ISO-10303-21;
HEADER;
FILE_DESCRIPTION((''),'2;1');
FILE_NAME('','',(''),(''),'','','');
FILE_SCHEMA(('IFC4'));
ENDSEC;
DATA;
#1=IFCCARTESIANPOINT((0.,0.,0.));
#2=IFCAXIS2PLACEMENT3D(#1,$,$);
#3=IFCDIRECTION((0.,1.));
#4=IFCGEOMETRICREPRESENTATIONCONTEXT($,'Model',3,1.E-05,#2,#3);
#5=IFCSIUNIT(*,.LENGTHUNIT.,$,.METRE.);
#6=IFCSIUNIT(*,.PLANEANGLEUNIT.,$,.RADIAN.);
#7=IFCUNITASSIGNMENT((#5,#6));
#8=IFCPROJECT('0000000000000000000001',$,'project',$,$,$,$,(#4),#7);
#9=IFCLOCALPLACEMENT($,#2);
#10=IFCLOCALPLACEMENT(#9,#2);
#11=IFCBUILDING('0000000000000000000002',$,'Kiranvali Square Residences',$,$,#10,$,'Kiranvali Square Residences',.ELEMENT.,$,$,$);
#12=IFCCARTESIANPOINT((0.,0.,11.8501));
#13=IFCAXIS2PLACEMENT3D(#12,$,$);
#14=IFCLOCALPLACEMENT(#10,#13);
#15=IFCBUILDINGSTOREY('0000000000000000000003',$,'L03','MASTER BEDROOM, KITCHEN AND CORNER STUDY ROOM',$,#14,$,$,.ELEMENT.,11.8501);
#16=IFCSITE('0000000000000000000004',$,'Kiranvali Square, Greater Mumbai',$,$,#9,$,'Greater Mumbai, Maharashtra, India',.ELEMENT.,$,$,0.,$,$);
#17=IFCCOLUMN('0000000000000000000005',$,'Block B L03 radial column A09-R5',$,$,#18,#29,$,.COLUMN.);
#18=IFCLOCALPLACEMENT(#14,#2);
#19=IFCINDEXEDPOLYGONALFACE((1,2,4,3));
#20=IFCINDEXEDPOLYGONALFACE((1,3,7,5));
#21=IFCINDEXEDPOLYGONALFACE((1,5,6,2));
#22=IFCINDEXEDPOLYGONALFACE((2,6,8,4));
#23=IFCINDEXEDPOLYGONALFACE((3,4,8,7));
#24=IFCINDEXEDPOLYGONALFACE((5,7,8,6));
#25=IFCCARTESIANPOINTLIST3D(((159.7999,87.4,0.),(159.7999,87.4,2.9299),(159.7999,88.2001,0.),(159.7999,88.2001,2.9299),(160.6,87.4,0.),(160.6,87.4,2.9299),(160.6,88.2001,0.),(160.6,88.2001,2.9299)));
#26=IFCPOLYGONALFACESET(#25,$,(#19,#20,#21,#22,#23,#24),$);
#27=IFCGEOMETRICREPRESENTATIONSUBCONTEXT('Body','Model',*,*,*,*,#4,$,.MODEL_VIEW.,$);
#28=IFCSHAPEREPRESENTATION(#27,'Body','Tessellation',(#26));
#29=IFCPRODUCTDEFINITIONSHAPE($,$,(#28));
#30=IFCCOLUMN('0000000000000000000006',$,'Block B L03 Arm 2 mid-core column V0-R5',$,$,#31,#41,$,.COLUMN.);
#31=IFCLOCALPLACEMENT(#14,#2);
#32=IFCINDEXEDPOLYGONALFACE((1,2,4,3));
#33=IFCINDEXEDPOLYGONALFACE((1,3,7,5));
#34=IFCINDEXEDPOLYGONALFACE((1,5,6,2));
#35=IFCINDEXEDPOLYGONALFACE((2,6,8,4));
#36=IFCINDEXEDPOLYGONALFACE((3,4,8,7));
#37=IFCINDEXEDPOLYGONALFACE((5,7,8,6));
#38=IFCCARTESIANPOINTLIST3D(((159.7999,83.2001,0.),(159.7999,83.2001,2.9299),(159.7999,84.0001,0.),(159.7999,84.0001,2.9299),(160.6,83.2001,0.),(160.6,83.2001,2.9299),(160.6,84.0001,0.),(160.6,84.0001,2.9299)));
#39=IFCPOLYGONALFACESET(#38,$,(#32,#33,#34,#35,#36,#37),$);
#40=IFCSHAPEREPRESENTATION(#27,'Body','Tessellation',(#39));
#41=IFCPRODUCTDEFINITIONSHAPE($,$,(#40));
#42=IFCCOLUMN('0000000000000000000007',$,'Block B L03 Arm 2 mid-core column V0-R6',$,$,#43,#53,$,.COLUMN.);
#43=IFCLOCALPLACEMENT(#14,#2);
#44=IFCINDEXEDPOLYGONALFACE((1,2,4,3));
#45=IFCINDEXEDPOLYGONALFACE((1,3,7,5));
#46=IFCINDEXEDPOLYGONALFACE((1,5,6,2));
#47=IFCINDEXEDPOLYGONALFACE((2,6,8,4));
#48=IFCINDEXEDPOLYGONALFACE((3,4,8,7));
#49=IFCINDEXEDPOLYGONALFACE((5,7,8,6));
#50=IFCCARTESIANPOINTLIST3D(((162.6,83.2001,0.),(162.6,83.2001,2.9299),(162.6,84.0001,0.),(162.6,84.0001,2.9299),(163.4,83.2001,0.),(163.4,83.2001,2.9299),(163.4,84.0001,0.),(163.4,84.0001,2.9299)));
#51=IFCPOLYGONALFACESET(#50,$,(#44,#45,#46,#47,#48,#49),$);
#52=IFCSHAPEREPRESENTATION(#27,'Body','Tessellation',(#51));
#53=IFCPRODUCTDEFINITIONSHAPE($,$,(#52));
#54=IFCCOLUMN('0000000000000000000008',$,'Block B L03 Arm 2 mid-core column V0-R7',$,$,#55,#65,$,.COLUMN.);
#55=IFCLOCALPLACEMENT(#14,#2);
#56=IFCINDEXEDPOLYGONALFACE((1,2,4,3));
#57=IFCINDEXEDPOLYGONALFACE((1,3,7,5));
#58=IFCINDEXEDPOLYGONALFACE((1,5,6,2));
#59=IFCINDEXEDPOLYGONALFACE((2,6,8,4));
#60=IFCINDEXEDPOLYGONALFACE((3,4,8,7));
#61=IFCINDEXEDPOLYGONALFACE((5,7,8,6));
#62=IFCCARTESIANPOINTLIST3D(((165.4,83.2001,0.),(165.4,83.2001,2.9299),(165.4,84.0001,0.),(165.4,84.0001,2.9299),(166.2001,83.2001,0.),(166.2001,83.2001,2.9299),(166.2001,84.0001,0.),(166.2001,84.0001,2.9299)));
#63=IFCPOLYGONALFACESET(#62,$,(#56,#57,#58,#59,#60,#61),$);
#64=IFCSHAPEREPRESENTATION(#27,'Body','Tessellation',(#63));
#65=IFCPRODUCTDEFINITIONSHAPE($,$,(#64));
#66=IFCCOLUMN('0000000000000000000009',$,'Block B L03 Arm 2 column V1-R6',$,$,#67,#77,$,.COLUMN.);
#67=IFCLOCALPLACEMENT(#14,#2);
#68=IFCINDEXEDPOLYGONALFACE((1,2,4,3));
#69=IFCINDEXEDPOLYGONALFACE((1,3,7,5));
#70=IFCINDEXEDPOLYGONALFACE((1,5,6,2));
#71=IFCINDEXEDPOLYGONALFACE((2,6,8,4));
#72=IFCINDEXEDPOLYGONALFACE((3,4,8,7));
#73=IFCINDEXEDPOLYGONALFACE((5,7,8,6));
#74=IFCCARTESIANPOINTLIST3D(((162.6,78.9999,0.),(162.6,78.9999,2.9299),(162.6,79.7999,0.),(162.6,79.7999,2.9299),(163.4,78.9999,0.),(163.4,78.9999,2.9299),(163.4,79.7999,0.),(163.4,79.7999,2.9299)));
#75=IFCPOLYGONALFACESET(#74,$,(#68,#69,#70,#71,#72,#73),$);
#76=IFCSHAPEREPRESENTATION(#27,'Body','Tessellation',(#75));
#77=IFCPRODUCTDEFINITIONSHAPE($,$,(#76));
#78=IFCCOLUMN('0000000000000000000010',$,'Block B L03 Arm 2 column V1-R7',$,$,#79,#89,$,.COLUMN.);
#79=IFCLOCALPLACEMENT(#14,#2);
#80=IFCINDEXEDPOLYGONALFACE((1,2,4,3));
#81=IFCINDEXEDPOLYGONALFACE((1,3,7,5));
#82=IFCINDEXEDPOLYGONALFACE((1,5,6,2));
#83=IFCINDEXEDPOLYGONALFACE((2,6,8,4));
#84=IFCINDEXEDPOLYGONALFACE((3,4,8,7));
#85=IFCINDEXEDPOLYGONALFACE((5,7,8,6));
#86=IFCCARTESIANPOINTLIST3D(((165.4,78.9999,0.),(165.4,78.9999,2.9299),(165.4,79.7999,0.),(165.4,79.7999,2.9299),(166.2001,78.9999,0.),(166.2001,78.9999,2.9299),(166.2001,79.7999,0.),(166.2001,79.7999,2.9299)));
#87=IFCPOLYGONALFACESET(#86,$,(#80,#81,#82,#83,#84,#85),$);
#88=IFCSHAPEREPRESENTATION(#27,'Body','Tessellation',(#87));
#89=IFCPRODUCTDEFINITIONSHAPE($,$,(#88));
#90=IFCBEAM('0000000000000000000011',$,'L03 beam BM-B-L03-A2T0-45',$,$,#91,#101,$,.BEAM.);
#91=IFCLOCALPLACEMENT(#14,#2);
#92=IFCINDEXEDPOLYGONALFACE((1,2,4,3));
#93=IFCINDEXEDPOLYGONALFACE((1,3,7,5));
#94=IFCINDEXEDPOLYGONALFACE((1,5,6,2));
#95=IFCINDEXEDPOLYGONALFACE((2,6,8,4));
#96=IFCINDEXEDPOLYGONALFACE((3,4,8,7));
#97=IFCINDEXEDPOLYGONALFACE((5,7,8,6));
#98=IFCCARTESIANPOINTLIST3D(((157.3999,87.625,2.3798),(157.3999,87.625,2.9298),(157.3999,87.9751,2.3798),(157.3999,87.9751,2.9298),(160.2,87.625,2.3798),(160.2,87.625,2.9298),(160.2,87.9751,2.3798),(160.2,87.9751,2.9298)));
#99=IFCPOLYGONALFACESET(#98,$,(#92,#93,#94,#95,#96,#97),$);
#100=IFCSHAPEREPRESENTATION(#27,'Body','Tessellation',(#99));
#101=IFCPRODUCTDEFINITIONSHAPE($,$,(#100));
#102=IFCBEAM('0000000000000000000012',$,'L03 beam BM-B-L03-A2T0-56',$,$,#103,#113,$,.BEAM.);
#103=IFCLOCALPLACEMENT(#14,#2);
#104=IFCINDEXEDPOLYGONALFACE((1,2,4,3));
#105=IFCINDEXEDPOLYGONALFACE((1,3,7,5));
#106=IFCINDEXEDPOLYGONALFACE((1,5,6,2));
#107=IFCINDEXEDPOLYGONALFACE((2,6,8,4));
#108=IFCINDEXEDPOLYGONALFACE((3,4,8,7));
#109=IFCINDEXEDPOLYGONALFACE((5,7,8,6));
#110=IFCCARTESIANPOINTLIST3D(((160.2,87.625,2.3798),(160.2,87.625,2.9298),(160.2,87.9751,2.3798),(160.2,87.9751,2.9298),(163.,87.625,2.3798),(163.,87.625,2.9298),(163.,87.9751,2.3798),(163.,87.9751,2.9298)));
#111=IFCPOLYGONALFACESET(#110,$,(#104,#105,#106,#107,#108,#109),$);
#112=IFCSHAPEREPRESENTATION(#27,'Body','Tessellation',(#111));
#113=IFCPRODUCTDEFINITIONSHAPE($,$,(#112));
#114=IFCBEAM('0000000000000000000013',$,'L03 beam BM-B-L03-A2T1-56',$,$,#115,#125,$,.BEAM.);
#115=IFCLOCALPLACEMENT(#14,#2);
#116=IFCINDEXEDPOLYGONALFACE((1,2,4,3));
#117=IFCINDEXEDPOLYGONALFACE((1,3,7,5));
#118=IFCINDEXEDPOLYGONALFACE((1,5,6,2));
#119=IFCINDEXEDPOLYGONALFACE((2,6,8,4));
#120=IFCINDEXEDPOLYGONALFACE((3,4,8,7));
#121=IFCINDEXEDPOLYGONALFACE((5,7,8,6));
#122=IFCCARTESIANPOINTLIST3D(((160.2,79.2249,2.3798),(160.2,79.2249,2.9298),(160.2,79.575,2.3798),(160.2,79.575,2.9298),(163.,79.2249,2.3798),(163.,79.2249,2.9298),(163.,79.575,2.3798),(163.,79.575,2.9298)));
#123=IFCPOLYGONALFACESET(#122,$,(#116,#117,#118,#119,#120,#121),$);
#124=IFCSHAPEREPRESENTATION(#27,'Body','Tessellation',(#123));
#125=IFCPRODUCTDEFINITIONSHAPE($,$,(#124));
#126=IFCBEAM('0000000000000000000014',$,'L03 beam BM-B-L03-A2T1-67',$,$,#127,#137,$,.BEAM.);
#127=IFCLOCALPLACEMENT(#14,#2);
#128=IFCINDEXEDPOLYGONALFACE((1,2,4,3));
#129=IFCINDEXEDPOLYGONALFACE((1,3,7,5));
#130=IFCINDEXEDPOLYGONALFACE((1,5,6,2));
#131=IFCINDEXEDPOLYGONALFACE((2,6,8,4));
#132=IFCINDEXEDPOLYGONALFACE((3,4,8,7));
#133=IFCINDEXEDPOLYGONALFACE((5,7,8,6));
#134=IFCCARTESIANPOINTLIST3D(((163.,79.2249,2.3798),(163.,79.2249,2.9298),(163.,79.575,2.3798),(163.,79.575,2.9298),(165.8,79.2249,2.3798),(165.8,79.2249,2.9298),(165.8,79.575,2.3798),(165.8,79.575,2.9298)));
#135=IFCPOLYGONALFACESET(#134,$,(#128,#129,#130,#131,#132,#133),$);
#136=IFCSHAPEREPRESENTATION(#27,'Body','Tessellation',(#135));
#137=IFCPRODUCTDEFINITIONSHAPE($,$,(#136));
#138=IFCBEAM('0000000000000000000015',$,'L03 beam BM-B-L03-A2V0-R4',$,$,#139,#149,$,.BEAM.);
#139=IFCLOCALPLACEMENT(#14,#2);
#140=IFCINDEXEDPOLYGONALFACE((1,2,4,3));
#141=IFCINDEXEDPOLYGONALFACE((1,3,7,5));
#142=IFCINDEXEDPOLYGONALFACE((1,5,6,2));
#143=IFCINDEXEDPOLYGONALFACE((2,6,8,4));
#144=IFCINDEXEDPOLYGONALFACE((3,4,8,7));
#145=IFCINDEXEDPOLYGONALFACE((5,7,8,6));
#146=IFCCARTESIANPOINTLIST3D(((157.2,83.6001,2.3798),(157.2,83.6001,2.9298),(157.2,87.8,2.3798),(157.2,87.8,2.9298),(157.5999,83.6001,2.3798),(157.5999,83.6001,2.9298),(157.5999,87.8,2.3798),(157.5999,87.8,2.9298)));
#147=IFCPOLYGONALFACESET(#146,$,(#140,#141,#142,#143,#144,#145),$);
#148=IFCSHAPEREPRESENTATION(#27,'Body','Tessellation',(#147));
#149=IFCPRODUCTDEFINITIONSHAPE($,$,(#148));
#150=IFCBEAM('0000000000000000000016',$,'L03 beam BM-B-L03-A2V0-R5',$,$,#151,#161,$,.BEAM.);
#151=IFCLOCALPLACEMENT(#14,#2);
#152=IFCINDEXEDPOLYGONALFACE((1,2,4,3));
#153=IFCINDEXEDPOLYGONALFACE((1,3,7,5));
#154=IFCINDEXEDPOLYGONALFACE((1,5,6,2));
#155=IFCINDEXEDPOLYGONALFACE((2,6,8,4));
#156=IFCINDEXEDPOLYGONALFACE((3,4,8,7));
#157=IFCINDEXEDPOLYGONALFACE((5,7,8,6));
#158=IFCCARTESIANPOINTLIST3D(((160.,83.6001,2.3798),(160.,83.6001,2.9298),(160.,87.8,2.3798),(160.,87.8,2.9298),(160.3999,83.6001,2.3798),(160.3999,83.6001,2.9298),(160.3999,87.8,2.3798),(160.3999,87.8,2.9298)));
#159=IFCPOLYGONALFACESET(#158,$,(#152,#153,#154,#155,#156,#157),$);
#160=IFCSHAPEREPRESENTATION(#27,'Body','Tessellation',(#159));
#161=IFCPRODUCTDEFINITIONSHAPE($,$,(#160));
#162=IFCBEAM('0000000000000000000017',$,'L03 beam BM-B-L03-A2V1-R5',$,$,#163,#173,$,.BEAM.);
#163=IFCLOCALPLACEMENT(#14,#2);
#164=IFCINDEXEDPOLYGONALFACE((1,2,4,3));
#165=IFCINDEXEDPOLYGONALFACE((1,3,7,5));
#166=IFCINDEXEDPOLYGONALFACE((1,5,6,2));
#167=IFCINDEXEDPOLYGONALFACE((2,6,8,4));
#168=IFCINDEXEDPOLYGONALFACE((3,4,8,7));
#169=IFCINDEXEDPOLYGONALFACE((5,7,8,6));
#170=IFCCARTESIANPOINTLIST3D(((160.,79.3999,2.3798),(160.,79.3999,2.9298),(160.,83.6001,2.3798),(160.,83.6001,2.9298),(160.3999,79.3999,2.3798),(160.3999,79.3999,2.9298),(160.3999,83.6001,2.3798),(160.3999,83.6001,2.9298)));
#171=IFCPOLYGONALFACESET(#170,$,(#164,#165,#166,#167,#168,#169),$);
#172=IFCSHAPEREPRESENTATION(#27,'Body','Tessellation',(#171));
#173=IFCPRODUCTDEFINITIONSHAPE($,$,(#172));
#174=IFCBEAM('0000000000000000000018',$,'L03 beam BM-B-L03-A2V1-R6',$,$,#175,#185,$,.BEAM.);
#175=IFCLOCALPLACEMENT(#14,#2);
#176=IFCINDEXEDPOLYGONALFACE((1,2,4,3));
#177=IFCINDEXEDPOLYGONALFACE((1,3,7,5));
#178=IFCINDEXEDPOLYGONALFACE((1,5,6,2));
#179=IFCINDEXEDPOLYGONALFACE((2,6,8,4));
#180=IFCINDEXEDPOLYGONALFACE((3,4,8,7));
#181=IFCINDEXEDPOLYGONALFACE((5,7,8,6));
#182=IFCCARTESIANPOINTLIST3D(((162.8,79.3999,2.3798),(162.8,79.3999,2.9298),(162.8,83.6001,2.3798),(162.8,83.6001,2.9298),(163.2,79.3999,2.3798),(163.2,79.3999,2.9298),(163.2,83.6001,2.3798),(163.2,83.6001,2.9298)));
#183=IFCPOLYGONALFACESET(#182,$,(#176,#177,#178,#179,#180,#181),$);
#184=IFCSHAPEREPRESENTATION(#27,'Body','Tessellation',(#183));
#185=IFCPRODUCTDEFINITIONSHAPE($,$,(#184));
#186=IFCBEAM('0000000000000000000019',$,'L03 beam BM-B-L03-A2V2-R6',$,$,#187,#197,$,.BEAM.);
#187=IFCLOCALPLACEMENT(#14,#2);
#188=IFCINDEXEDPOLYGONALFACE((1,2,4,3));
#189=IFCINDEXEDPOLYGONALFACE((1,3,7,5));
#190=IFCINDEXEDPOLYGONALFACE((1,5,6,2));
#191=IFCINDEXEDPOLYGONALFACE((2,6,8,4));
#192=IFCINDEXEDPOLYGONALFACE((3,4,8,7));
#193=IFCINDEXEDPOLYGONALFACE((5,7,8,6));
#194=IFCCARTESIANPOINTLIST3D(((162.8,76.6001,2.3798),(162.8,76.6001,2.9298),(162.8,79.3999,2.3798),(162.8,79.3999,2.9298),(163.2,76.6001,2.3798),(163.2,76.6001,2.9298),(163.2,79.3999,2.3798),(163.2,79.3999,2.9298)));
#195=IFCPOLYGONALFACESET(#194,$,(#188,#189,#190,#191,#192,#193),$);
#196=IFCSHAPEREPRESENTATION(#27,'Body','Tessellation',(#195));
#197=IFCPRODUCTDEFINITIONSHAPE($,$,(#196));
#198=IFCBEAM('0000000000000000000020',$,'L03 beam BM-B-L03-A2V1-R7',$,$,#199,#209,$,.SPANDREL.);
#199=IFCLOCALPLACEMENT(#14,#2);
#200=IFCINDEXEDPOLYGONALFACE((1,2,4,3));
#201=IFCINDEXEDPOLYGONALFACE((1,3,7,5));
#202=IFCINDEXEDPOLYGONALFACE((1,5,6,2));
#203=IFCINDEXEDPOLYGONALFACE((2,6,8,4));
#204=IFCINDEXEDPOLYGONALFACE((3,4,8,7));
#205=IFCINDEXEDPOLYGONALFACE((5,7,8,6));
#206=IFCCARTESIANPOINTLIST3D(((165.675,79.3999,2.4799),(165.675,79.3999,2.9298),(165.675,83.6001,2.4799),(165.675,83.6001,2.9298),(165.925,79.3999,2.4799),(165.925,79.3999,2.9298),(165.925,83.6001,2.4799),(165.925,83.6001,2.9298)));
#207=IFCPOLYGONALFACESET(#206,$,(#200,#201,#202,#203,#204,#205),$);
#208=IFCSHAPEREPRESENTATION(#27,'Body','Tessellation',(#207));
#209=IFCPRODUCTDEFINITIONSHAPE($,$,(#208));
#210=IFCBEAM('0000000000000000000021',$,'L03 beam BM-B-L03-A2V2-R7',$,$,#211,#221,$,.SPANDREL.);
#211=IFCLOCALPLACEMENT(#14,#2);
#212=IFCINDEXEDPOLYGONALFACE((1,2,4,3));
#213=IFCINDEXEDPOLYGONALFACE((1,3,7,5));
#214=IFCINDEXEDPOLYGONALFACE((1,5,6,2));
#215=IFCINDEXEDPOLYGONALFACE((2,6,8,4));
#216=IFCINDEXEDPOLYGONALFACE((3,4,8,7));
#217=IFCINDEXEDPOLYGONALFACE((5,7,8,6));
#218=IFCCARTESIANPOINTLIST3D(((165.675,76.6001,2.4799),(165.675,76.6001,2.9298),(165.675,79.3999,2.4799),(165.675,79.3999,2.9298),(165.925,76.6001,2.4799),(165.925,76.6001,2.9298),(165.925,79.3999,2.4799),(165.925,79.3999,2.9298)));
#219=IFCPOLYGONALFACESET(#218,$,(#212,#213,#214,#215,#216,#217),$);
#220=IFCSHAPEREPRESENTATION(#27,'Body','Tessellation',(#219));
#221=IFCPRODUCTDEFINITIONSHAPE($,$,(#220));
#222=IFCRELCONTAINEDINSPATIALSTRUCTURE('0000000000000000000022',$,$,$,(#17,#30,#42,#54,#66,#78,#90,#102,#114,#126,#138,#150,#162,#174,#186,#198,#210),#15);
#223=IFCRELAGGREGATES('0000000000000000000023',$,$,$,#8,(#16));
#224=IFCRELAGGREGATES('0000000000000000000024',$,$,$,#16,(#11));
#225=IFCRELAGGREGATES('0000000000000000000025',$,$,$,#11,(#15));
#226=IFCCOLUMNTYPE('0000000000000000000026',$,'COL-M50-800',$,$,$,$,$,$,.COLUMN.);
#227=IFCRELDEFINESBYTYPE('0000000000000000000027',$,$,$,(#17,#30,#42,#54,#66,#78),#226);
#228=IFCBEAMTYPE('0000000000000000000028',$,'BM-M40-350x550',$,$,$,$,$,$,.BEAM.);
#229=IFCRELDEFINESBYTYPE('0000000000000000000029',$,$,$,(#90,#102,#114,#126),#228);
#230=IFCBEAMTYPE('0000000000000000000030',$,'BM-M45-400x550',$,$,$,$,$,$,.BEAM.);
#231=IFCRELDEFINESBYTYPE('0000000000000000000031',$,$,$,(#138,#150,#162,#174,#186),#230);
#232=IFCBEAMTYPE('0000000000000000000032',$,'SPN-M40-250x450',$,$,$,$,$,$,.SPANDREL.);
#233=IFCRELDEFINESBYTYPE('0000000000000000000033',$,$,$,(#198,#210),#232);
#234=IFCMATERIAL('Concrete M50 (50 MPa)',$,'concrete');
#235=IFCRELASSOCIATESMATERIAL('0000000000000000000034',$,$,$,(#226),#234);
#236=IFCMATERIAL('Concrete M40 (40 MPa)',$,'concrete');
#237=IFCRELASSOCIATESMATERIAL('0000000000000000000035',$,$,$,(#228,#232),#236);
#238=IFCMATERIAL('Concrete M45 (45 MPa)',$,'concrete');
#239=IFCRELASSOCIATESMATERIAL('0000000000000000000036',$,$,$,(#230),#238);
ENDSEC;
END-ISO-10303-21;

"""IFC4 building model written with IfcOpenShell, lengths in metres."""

from ifc_helpers import new_model, si_unit, direction, frame, origin, origin_2d, place, context, subcontext, project, spatial, rectangle, extrude, material, material_profile, profile_set, type_object, element, save


model = new_model("IFC4")

# Units and contexts
model_context = context("Model", 3, precision=1e-05, world=origin(), true_north=direction((0.0, 1.0)))
body_context = subcontext(model_context, "Body", "Model", "MODEL_VIEW")
ifc_project = project(units=[si_unit("LENGTHUNIT", "METRE"), si_unit("PLANEANGLEUNIT", "RADIAN")], contexts=[model_context])

# Site, building, storey
site_placement = place(None, origin())
site = spatial("IfcSite", under=ifc_project, at=site_placement, Name="Kiranvali Square, Greater Mumbai", LongName="Greater Mumbai, Maharashtra, India", CompositionType="ELEMENT", RefElevation=0.0)
building_placement = place(site_placement, origin())
building = spatial("IfcBuilding", under=site, at=building_placement, Name="Kiranvali Square Residences", LongName="Kiranvali Square Residences", CompositionType="ELEMENT")
storey_placement = place(building_placement, frame((0.0, 0.0, 11.8501)))
storey = spatial("IfcBuildingStorey", under=building, at=storey_placement, Name="L03", Description="MASTER BEDROOM, KITCHEN AND CORNER STUDY ROOM", CompositionType="ELEMENT", Elevation=11.8501)

# Columns
ifc_material_1 = material(Name="Concrete M50 (50 MPa)", Category="concrete")
ifc_material_profile_1 = material_profile(ifc_material_1, rectangle(XDim=0.8, YDim=0.8, at=origin_2d()), Name="RC 800x800")
ifc_profile_set_1 = profile_set([ifc_material_profile_1], Name="Concrete M50 (50 MPa)")
column_type = type_object("IfcColumnType", Name="COL-M50-800", PredefinedType="COLUMN", material=ifc_profile_set_1)
for number, where, z_axis, x_axis, name in (
    (1, (160.2, 87.8, 0.0), (0.0, 0.0, 1.0), (0.0, 1.0, 0.0), "Block B L03 radial column A09-R5"),
    (2, (160.2, 83.6001, 0.0), (0.0, 0.0, 1.0), (1.0, 0.0, 0.0), "Block B L03 Arm 2 mid-core column V0-R5"),
    (3, (163.0, 83.6001, 0.0), (0.0, 0.0, 1.0), (1.0, 0.0, 0.0), "Block B L03 Arm 2 mid-core column V0-R6"),
    (4, (165.8, 83.6001, 0.0), (0.0, 0.0, 1.0), (1.0, 0.0, 0.0), "Block B L03 Arm 2 mid-core column V0-R7"),
    (5, (163.0, 79.3999, 0.0), (0.0, 0.0, 1.0), (1.0, 0.0, 0.0), "Block B L03 Arm 2 column V1-R6"),
    (6, (165.8, 79.3999, 0.0), (0.0, 0.0, 1.0), (1.0, 0.0, 0.0), "Block B L03 Arm 2 column V1-R7"),
):
    element("IfcColumn", number, at=place(storey_placement, frame(where, z_axis=z_axis, x_axis=x_axis)), inside=storey, type_object=column_type, Name=name, PredefinedType="COLUMN", context=body_context, shape_type="SweptSolid", body=[
        extrude(rectangle(XDim=0.8, YDim=0.8, at=origin_2d()), origin(), (0.0, 0.0, 1.0), 2.9299),
    ])

# Beams
ifc_material_2 = material(Name="Concrete M40 (40 MPa)", Category="concrete")
ifc_material_profile_2 = material_profile(ifc_material_2, rectangle(XDim=0.3501, YDim=0.55, at=origin_2d()), Name="RC 350x550")
ifc_profile_set_2 = profile_set([ifc_material_profile_2], Name="Concrete M40 (40 MPa)")
beam_type_1 = type_object("IfcBeamType", Name="BM-M40-350x550", PredefinedType="BEAM", material=ifc_profile_set_2)
for number, where, z_axis, x_axis, name in (
    (7, (157.3999, 87.8, 2.6548), (1.0, 0.0, 0.0), (0.0, 1.0, 0.0), "L03 beam BM-B-L03-A2T0-45"),
    (8, (160.2, 87.8, 2.6548), (1.0, 0.0, 0.0), (0.0, 1.0, 0.0), "L03 beam BM-B-L03-A2T0-56"),
    (9, (160.2, 79.3999, 2.6548), (1.0, 0.0, 0.0), (0.0, 1.0, 0.0), "L03 beam BM-B-L03-A2T1-56"),
    (10, (163.0, 79.3999, 2.6548), (1.0, 0.0, 0.0), (0.0, 1.0, 0.0), "L03 beam BM-B-L03-A2T1-67"),
):
    element("IfcBeam", number, at=place(storey_placement, frame(where, z_axis=z_axis, x_axis=x_axis)), inside=storey, type_object=beam_type_1, Name=name, PredefinedType="BEAM", context=body_context, shape_type="SweptSolid", body=[
        extrude(rectangle(XDim=0.3501, YDim=0.55, at=origin_2d()), origin(), (0.0, 0.0, 1.0), 2.8),
    ])
ifc_material_3 = material(Name="Concrete M45 (45 MPa)", Category="concrete")
ifc_material_profile_3 = material_profile(ifc_material_3, rectangle(XDim=0.3999, YDim=0.55, at=origin_2d()), Name="RC 400x550")
ifc_profile_set_3 = profile_set([ifc_material_profile_3], Name="Concrete M45 (45 MPa)")
beam_type_2 = type_object("IfcBeamType", Name="BM-M45-400x550", PredefinedType="BEAM", material=ifc_profile_set_3)
for number, where, z_axis, x_axis, name in (
    (11, (157.3999, 87.8, 2.6548), (0.0, -1.0, 0.0), (1.0, 0.0, 0.0), "L03 beam BM-B-L03-A2V0-R4"),
    (12, (160.2, 87.8, 2.6548), (0.0, -1.0, 0.0), (1.0, 0.0, 0.0), "L03 beam BM-B-L03-A2V0-R5"),
):
    element("IfcBeam", number, at=place(storey_placement, frame(where, z_axis=z_axis, x_axis=x_axis)), inside=storey, type_object=beam_type_2, Name=name, PredefinedType="BEAM", context=body_context, shape_type="SweptSolid", body=[
        extrude(rectangle(XDim=0.3999, YDim=0.55, at=origin_2d()), origin(), (0.0, 0.0, 1.0), 4.2),
    ])
for number, where, z_axis, x_axis, name in (
    (13, (160.2, 83.6001, 2.6548), (0.0, -1.0, 0.0), (1.0, 0.0, 0.0), "L03 beam BM-B-L03-A2V1-R5"),
    (14, (163.0, 83.6001, 2.6548), (0.0, -1.0, 0.0), (1.0, 0.0, 0.0), "L03 beam BM-B-L03-A2V1-R6"),
):
    element("IfcBeam", number, at=place(storey_placement, frame(where, z_axis=z_axis, x_axis=x_axis)), inside=storey, type_object=beam_type_2, Name=name, PredefinedType="BEAM", context=body_context, shape_type="SweptSolid", body=[
        extrude(rectangle(XDim=0.3999, YDim=0.55, at=origin_2d()), origin(), (0.0, 0.0, 1.0), 4.2002),
    ])
beam_1_placement = place(storey_placement, frame((163.0, 79.3999, 2.6548), z_axis=(0.0, -1.0, 0.0), x_axis=(1.0, 0.0, 0.0)))
element("IfcBeam", 15, at=beam_1_placement, inside=storey, type_object=beam_type_2, Name="L03 beam BM-B-L03-A2V2-R6", PredefinedType="BEAM", context=body_context, shape_type="SweptSolid", body=[
    extrude(rectangle(XDim=0.3999, YDim=0.55, at=origin_2d()), origin(), (0.0, 0.0, 1.0), 2.7998),
])
ifc_material_profile_4 = material_profile(ifc_material_2, rectangle(XDim=0.25, YDim=0.45, at=origin_2d()), Name="RC 250x450")
ifc_profile_set_4 = profile_set([ifc_material_profile_4], Name="Concrete M40 (40 MPa)")
beam_type_3 = type_object("IfcBeamType", Name="SPN-M40-250x450", PredefinedType="SPANDREL", material=ifc_profile_set_4)
beam_2_placement = place(storey_placement, frame((165.8, 83.6001, 2.7048), z_axis=(0.0, -1.0, 0.0), x_axis=(1.0, 0.0, 0.0)))
element("IfcBeam", 16, at=beam_2_placement, inside=storey, type_object=beam_type_3, Name="L03 beam BM-B-L03-A2V1-R7", PredefinedType="SPANDREL", context=body_context, shape_type="SweptSolid", body=[
    extrude(rectangle(XDim=0.25, YDim=0.45, at=origin_2d()), origin(), (0.0, 0.0, 1.0), 4.2002),
])
beam_3_placement = place(storey_placement, frame((165.8, 79.3999, 2.7048), z_axis=(0.0, -1.0, 0.0), x_axis=(1.0, 0.0, 0.0)))
element("IfcBeam", 17, at=beam_3_placement, inside=storey, type_object=beam_type_3, Name="L03 beam BM-B-L03-A2V2-R7", PredefinedType="SPANDREL", context=body_context, shape_type="SweptSolid", body=[
    extrude(rectangle(XDim=0.25, YDim=0.45, at=origin_2d()), origin(), (0.0, 0.0, 1.0), 2.7998),
])

save(model, "model.ifc")
